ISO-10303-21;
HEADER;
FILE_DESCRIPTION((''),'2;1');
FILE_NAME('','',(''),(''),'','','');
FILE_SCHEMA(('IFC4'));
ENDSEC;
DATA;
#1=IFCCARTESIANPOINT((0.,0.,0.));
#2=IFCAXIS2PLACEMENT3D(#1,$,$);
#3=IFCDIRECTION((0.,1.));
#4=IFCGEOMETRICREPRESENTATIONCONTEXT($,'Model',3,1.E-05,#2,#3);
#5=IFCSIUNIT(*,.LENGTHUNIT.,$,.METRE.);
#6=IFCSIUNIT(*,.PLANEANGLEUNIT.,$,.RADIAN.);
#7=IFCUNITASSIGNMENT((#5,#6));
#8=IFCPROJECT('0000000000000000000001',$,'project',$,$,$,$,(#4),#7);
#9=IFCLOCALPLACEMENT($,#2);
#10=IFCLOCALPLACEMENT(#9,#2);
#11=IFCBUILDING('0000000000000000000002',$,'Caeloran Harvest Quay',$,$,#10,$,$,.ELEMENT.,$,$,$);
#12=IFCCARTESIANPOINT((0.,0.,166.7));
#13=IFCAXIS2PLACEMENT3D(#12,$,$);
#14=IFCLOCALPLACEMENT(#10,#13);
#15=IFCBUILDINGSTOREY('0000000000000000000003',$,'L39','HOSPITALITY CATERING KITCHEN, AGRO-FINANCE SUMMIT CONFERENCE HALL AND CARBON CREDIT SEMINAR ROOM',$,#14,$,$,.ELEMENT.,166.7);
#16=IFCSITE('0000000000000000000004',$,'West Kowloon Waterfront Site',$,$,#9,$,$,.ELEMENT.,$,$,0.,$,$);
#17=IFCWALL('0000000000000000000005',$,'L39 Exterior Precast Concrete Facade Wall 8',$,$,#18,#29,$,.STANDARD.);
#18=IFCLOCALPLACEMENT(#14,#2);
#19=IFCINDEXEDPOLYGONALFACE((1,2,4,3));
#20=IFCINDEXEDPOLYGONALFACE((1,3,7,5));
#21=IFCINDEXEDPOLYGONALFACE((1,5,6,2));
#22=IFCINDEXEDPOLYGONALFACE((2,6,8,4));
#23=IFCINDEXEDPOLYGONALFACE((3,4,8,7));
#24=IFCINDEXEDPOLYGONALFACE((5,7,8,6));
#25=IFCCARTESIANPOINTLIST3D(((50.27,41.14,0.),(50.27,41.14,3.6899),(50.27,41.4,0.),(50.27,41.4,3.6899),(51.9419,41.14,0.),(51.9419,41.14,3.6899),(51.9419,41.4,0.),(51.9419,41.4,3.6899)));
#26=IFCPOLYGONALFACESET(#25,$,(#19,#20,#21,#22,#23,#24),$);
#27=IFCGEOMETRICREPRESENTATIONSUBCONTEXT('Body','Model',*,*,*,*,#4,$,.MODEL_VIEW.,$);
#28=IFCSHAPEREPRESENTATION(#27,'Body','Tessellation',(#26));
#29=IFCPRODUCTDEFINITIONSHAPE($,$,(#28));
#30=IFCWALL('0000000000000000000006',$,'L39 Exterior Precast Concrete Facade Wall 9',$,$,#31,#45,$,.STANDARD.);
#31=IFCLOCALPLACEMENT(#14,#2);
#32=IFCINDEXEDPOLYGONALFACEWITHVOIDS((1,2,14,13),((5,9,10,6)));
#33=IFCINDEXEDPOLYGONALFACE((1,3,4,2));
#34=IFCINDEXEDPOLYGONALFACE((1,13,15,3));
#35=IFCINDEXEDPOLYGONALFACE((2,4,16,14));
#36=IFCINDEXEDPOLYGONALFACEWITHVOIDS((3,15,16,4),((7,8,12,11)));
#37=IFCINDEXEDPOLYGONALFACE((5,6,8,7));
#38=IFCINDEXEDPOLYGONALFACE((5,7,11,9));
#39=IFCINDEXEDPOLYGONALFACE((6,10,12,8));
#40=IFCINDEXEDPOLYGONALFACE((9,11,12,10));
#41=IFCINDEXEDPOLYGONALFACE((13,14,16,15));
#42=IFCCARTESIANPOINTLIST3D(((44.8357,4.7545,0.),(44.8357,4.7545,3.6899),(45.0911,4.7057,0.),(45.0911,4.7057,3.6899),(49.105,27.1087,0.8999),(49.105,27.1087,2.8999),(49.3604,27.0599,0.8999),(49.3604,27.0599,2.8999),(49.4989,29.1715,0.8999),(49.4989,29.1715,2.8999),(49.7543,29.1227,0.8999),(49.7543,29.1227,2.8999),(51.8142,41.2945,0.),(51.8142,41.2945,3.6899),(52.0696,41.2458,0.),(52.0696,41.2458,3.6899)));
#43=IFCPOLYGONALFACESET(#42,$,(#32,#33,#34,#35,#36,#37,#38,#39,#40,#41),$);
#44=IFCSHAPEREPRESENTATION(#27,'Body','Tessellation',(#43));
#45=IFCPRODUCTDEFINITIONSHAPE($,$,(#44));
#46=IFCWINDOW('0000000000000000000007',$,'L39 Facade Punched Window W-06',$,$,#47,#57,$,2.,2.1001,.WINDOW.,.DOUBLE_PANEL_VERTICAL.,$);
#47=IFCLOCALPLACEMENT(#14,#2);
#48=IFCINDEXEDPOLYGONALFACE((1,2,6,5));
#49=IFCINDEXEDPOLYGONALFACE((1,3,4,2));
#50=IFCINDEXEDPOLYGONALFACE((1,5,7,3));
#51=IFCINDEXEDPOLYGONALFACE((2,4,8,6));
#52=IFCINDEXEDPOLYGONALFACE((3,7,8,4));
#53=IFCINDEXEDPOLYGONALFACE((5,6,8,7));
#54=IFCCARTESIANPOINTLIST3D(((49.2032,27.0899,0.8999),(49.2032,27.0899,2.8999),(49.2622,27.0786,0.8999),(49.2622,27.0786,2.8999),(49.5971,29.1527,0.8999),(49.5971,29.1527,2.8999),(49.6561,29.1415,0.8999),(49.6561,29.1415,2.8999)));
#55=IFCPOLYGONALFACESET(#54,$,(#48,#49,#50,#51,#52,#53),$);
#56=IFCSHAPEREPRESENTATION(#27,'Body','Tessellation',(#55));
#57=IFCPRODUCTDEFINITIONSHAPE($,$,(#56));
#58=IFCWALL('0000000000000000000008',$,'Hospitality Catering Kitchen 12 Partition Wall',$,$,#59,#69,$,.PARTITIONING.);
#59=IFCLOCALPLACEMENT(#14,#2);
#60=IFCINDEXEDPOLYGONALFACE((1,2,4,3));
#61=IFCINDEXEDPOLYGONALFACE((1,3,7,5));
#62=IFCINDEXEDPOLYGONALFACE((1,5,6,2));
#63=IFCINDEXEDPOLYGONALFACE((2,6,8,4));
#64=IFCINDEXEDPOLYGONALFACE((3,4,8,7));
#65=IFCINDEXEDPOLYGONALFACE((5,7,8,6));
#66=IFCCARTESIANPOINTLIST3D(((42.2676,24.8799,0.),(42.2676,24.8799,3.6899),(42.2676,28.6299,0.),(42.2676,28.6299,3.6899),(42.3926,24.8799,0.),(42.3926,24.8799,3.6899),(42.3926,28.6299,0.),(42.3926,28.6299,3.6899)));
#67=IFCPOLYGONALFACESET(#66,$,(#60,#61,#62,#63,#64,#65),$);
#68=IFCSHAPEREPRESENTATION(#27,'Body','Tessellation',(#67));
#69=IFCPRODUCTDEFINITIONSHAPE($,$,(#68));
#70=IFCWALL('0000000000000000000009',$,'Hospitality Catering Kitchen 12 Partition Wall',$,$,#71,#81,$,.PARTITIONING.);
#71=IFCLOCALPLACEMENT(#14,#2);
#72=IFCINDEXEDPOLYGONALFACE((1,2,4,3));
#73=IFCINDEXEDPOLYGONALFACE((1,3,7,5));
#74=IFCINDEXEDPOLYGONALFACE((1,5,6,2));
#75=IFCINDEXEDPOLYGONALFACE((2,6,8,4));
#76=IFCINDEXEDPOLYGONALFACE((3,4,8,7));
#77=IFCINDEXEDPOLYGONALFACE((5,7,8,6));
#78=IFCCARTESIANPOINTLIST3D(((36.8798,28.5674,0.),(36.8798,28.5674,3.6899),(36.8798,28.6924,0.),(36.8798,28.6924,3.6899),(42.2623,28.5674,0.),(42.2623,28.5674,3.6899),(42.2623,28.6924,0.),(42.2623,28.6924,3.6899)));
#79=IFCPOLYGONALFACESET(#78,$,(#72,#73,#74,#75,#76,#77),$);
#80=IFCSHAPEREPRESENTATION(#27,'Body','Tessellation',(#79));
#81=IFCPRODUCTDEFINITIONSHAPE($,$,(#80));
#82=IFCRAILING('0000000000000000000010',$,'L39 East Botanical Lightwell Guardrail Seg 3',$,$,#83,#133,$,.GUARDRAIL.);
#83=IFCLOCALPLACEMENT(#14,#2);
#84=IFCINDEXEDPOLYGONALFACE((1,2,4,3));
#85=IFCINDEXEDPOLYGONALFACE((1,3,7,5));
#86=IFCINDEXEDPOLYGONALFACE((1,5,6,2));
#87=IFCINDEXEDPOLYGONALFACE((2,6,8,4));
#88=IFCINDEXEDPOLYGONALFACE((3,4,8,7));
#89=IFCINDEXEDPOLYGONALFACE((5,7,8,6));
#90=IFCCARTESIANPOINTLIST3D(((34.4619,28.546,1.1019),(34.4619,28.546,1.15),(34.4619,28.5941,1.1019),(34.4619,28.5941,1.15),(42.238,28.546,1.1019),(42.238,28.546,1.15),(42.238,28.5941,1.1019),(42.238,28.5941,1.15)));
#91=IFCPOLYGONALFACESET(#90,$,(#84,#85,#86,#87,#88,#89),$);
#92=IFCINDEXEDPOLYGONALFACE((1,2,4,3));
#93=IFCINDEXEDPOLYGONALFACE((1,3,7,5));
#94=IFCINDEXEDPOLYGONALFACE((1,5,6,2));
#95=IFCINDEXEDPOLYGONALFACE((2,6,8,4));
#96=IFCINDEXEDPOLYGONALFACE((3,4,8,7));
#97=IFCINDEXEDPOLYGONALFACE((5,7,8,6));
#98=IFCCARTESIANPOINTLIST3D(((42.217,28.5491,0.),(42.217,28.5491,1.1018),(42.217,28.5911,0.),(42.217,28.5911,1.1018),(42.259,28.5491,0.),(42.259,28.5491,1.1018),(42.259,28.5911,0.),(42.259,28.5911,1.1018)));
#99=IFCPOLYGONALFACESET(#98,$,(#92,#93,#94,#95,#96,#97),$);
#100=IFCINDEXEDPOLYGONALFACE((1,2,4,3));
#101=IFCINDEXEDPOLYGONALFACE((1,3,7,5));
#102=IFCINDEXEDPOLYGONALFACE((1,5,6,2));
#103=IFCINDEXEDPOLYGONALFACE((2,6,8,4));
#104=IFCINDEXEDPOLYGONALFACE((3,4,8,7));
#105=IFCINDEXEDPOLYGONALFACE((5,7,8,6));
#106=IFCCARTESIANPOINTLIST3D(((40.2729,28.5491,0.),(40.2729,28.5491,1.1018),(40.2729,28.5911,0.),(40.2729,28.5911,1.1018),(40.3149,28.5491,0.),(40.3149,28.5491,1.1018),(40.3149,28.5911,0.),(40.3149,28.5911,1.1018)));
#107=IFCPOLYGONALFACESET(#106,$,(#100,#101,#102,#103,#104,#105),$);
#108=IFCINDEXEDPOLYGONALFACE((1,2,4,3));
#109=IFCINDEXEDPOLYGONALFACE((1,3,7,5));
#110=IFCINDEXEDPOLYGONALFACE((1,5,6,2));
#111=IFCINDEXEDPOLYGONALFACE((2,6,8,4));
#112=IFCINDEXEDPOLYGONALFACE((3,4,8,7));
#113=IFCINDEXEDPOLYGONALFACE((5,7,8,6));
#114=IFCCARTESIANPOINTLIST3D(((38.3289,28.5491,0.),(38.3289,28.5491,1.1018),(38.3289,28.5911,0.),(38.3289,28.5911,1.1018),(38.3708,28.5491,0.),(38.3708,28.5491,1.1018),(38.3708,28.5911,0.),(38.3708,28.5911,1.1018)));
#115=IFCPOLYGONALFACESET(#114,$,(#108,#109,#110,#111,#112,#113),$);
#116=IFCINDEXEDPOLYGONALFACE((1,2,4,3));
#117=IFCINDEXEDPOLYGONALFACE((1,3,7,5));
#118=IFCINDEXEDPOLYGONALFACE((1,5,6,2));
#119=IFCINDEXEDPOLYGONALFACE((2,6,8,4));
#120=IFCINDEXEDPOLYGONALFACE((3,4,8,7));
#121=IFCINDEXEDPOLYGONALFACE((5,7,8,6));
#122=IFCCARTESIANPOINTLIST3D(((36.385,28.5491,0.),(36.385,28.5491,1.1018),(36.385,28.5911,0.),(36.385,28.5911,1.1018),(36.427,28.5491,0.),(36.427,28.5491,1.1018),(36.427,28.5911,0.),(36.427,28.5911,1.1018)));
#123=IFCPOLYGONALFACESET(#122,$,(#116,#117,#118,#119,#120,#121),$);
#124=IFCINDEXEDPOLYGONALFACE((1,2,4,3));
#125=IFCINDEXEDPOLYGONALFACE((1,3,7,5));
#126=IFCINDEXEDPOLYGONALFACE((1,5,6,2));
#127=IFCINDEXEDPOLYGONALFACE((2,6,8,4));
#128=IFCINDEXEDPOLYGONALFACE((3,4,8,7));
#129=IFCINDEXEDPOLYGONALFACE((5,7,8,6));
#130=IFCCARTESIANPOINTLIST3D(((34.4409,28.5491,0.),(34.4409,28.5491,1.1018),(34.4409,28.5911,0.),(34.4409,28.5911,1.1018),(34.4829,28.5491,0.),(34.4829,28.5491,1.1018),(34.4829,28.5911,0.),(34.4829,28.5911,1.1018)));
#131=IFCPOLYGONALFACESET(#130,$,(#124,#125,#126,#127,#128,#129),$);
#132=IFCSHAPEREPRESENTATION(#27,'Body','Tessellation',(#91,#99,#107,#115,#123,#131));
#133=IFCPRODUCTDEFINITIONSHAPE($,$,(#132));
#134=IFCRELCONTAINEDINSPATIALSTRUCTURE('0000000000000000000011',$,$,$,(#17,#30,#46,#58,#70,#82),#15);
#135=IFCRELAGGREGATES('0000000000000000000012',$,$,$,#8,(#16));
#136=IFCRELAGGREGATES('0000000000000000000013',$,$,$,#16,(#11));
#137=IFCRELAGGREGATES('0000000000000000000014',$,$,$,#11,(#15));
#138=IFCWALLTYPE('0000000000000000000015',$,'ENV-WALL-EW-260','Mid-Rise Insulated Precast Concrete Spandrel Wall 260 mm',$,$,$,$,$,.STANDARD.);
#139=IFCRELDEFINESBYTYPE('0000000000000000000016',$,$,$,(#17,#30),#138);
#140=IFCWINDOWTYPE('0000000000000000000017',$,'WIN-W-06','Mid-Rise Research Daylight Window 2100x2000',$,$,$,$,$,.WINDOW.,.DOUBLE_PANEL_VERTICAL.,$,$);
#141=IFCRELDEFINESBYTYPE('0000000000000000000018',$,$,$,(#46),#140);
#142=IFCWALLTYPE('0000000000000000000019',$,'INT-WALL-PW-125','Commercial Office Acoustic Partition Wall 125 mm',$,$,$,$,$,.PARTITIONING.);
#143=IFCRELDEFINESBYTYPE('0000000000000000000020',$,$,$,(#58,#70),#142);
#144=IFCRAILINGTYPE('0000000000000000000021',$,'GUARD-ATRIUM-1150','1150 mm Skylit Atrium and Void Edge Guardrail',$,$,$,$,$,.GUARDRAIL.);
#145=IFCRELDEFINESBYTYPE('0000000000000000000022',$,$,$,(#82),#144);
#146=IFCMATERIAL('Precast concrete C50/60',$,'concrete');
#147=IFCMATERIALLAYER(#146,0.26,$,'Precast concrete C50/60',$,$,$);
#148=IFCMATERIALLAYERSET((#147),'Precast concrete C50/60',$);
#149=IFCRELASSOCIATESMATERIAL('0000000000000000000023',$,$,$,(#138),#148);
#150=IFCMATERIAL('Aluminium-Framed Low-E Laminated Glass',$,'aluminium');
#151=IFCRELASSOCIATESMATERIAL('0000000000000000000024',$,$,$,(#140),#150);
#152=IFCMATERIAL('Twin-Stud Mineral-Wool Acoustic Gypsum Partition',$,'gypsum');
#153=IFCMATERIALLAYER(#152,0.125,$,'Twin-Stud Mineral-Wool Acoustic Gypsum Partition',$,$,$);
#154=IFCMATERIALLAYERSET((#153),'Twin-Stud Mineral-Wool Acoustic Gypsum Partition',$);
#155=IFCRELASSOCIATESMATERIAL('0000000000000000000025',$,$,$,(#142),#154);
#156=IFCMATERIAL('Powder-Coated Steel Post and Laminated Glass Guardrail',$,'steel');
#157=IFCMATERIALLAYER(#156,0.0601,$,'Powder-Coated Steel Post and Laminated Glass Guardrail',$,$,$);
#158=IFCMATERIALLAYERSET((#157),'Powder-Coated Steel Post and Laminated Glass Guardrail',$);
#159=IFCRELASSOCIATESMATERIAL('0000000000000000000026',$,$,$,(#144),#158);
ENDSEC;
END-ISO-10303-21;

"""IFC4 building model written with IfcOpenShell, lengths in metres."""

from ifc_helpers import new_model, si_unit, direction, frame, frame_2d, origin, origin_2d, place, context, subcontext, project, spatial, rectangle, extrude, material, layer, layer_set, type_object, element, fill, save


model = new_model("IFC4")

# Units and contexts
model_context = context("Model", 3, precision=1e-05, world=origin(), true_north=direction((0.0, 1.0)))
body_context = subcontext(model_context, "Body", "Model", "MODEL_VIEW")
ifc_project = project(units=[si_unit("LENGTHUNIT", "METRE"), si_unit("PLANEANGLEUNIT", "RADIAN")], contexts=[model_context])

# Site, building, storey
site_placement = place(None, origin())
site = spatial("IfcSite", under=ifc_project, at=site_placement, Name="West Kowloon Waterfront Site", CompositionType="ELEMENT", RefElevation=0.0)
building_placement = place(site_placement, origin())
building = spatial("IfcBuilding", under=site, at=building_placement, Name="Caeloran Harvest Quay", CompositionType="ELEMENT")
storey_placement = place(building_placement, frame((0.0, 0.0, 166.7)))
storey = spatial("IfcBuildingStorey", under=building, at=storey_placement, Name="L39", Description="HOSPITALITY CATERING KITCHEN, AGRO-FINANCE SUMMIT CONFERENCE HALL AND CARBON CREDIT SEMINAR ROOM", CompositionType="ELEMENT", Elevation=166.7)

# Wall
ifc_material_1 = material(Name="Precast concrete C50/60", Category="concrete")
ifc_layer_1 = layer(ifc_material_1, 0.26, Name="Precast concrete C50/60")
ifc_layer_set_1 = layer_set([ifc_layer_1], Name="Precast concrete C50/60")
wall_type_1 = type_object("IfcWallType", Name="ENV-WALL-EW-260", Description="Mid-Rise Insulated Precast Concrete Spandrel Wall 260 mm", PredefinedType="STANDARD", material=ifc_layer_set_1)
wall_1_placement = place(storey_placement, frame((50.27, 41.27, 0.0), z_axis=(0.0, 0.0, 1.0), x_axis=(1.0, 0.0, 0.0)))
element("IfcWall", 1, at=wall_1_placement, inside=storey, type_object=wall_type_1, Name="L39 Exterior Precast Concrete Facade Wall 8", PredefinedType="STANDARD", context=body_context, shape_type="SweptSolid", body=[
    extrude(rectangle(XDim=1.6719, YDim=0.26, at=frame_2d((0.8359, 0.0))), origin(), (0.0, 0.0, 1.0), 3.6899),
])

# Wall, opening, window
wall_2_placement = place(storey_placement, frame((51.9419, 41.27, 0.0), z_axis=(0.0, 0.0, 1.0), x_axis=(-0.187592, -0.982247, 0.0)))
wall_2 = element("IfcWall", 2, at=wall_2_placement, inside=storey, type_object=wall_type_1, Name="L39 Exterior Precast Concrete Facade Wall 9", PredefinedType="STANDARD", context=body_context, shape_type="SweptSolid", body=[
    extrude(rectangle(XDim=37.2004, YDim=0.26, at=frame_2d((18.6001, 0.0))), origin(), (0.0, 0.0, 1.0), 3.6899),
])
opening_placement = place(wall_2_placement, frame((12.342, 0.0, 0.8999)))
opening = element("IfcOpeningElement", 3, at=opening_placement, cuts=wall_2, PredefinedType="OPENING", context=body_context, shape_type="SweptSolid", body=[
    extrude(rectangle(XDim=2.1001, YDim=2.0, at=frame_2d((1.05, 1.0))), frame((0.0, 0.1401, 0.0), z_axis=(0.0, -1.0, 0.0), x_axis=(1.0, 0.0, 0.0)), (0.0, 0.0, 1.0), 0.28),
])
ifc_material_2 = material(Name="Aluminium-Framed Low-E Laminated Glass", Category="aluminium")
window_type = type_object("IfcWindowType", Name="WIN-W-06", Description="Mid-Rise Research Daylight Window 2100x2000", PartitioningType="DOUBLE_PANEL_VERTICAL", PredefinedType="WINDOW", material=ifc_material_2)
window_placement = place(opening_placement, origin())
window = element("IfcWindow", 4, at=window_placement, inside=storey, type_object=window_type, Name="L39 Facade Punched Window W-06", OverallHeight=2.0, OverallWidth=2.1001, PartitioningType="DOUBLE_PANEL_VERTICAL", PredefinedType="WINDOW", context=body_context, shape_type="SweptSolid", body=[
    extrude(rectangle(XDim=2.1001, YDim=2.0, at=frame_2d((1.05, 1.0))), frame((0.0, 0.03, 0.0), z_axis=(0.0, -1.0, 0.0), x_axis=(1.0, 0.0, 0.0)), (0.0, 0.0, 1.0), 0.0601),
])
fill(opening, window)

# Walls
ifc_material_3 = material(Name="Twin-Stud Mineral-Wool Acoustic Gypsum Partition", Category="gypsum")
ifc_layer_2 = layer(ifc_material_3, 0.125, Name="Twin-Stud Mineral-Wool Acoustic Gypsum Partition")
ifc_layer_set_2 = layer_set([ifc_layer_2], Name="Twin-Stud Mineral-Wool Acoustic Gypsum Partition")
wall_type_2 = type_object("IfcWallType", Name="INT-WALL-PW-125", Description="Commercial Office Acoustic Partition Wall 125 mm", PredefinedType="PARTITIONING", material=ifc_layer_set_2)
wall_3_placement = place(storey_placement, frame((42.3301, 24.8799, 0.0), z_axis=(0.0, 0.0, 1.0), x_axis=(0.0, 1.0, 0.0)))
element("IfcWall", 5, at=wall_3_placement, inside=storey, type_object=wall_type_2, Name="Hospitality Catering Kitchen 12 Partition Wall", PredefinedType="PARTITIONING", context=body_context, shape_type="SweptSolid", body=[
    extrude(rectangle(XDim=3.75, YDim=0.125, at=frame_2d((1.875, 0.0))), origin(), (0.0, 0.0, 1.0), 3.6899),
])
wall_4_placement = place(storey_placement, frame((42.2625, 28.6299, 0.0), z_axis=(0.0, 0.0, 1.0), x_axis=(-1.0, 0.0, 0.0)))
element("IfcWall", 6, at=wall_4_placement, inside=storey, type_object=wall_type_2, Name="Hospitality Catering Kitchen 12 Partition Wall", PredefinedType="PARTITIONING", context=body_context, shape_type="SweptSolid", body=[
    extrude(rectangle(XDim=5.3826, YDim=0.125, at=frame_2d((2.6914, 0.0))), origin(), (0.0, 0.0, 1.0), 3.6899),
])

# Railing
ifc_material_4 = material(Name="Powder-Coated Steel Post and Laminated Glass Guardrail", Category="steel")
ifc_layer_3 = layer(ifc_material_4, 0.0601, Name="Powder-Coated Steel Post and Laminated Glass Guardrail")
ifc_layer_set_3 = layer_set([ifc_layer_3], Name="Powder-Coated Steel Post and Laminated Glass Guardrail")
railing_type = type_object("IfcRailingType", Name="GUARD-ATRIUM-1150", Description="1150 mm Skylit Atrium and Void Edge Guardrail", PredefinedType="GUARDRAIL", material=ifc_layer_set_3)
railing_placement = place(storey_placement, frame((42.238, 28.5701, 0.0)))
element("IfcRailing", 7, at=railing_placement, inside=storey, type_object=railing_type, Name="L39 East Botanical Lightwell Guardrail Seg 3", PredefinedType="GUARDRAIL", context=body_context, shape_type="SweptSolid", body=[
    extrude(rectangle(XDim=0.0481, YDim=0.0481, at=origin_2d()), frame((0.0, 0.0, 1.126), z_axis=(-1.0, 0.0, 0.0), x_axis=(0.0, -1.0, 0.0)), (0.0, 0.0, 1.0), 7.7761),
    extrude(rectangle(XDim=0.042, YDim=0.042, at=origin_2d()), origin(), (0.0, 0.0, 1.0), 1.1018),
    extrude(rectangle(XDim=0.042, YDim=0.042, at=origin_2d()), frame((-1.9441, 0.0, 0.0)), (0.0, 0.0, 1.0), 1.1018),
    extrude(rectangle(XDim=0.042, YDim=0.042, at=origin_2d()), frame((-3.8882, 0.0, 0.0)), (0.0, 0.0, 1.0), 1.1018),
    extrude(rectangle(XDim=0.042, YDim=0.042, at=origin_2d()), frame((-5.832, 0.0, 0.0)), (0.0, 0.0, 1.0), 1.1018),
    extrude(rectangle(XDim=0.042, YDim=0.042, at=origin_2d()), frame((-7.7761, 0.0, 0.0)), (0.0, 0.0, 1.0), 1.1018),
])

save(model, "model.ifc")
